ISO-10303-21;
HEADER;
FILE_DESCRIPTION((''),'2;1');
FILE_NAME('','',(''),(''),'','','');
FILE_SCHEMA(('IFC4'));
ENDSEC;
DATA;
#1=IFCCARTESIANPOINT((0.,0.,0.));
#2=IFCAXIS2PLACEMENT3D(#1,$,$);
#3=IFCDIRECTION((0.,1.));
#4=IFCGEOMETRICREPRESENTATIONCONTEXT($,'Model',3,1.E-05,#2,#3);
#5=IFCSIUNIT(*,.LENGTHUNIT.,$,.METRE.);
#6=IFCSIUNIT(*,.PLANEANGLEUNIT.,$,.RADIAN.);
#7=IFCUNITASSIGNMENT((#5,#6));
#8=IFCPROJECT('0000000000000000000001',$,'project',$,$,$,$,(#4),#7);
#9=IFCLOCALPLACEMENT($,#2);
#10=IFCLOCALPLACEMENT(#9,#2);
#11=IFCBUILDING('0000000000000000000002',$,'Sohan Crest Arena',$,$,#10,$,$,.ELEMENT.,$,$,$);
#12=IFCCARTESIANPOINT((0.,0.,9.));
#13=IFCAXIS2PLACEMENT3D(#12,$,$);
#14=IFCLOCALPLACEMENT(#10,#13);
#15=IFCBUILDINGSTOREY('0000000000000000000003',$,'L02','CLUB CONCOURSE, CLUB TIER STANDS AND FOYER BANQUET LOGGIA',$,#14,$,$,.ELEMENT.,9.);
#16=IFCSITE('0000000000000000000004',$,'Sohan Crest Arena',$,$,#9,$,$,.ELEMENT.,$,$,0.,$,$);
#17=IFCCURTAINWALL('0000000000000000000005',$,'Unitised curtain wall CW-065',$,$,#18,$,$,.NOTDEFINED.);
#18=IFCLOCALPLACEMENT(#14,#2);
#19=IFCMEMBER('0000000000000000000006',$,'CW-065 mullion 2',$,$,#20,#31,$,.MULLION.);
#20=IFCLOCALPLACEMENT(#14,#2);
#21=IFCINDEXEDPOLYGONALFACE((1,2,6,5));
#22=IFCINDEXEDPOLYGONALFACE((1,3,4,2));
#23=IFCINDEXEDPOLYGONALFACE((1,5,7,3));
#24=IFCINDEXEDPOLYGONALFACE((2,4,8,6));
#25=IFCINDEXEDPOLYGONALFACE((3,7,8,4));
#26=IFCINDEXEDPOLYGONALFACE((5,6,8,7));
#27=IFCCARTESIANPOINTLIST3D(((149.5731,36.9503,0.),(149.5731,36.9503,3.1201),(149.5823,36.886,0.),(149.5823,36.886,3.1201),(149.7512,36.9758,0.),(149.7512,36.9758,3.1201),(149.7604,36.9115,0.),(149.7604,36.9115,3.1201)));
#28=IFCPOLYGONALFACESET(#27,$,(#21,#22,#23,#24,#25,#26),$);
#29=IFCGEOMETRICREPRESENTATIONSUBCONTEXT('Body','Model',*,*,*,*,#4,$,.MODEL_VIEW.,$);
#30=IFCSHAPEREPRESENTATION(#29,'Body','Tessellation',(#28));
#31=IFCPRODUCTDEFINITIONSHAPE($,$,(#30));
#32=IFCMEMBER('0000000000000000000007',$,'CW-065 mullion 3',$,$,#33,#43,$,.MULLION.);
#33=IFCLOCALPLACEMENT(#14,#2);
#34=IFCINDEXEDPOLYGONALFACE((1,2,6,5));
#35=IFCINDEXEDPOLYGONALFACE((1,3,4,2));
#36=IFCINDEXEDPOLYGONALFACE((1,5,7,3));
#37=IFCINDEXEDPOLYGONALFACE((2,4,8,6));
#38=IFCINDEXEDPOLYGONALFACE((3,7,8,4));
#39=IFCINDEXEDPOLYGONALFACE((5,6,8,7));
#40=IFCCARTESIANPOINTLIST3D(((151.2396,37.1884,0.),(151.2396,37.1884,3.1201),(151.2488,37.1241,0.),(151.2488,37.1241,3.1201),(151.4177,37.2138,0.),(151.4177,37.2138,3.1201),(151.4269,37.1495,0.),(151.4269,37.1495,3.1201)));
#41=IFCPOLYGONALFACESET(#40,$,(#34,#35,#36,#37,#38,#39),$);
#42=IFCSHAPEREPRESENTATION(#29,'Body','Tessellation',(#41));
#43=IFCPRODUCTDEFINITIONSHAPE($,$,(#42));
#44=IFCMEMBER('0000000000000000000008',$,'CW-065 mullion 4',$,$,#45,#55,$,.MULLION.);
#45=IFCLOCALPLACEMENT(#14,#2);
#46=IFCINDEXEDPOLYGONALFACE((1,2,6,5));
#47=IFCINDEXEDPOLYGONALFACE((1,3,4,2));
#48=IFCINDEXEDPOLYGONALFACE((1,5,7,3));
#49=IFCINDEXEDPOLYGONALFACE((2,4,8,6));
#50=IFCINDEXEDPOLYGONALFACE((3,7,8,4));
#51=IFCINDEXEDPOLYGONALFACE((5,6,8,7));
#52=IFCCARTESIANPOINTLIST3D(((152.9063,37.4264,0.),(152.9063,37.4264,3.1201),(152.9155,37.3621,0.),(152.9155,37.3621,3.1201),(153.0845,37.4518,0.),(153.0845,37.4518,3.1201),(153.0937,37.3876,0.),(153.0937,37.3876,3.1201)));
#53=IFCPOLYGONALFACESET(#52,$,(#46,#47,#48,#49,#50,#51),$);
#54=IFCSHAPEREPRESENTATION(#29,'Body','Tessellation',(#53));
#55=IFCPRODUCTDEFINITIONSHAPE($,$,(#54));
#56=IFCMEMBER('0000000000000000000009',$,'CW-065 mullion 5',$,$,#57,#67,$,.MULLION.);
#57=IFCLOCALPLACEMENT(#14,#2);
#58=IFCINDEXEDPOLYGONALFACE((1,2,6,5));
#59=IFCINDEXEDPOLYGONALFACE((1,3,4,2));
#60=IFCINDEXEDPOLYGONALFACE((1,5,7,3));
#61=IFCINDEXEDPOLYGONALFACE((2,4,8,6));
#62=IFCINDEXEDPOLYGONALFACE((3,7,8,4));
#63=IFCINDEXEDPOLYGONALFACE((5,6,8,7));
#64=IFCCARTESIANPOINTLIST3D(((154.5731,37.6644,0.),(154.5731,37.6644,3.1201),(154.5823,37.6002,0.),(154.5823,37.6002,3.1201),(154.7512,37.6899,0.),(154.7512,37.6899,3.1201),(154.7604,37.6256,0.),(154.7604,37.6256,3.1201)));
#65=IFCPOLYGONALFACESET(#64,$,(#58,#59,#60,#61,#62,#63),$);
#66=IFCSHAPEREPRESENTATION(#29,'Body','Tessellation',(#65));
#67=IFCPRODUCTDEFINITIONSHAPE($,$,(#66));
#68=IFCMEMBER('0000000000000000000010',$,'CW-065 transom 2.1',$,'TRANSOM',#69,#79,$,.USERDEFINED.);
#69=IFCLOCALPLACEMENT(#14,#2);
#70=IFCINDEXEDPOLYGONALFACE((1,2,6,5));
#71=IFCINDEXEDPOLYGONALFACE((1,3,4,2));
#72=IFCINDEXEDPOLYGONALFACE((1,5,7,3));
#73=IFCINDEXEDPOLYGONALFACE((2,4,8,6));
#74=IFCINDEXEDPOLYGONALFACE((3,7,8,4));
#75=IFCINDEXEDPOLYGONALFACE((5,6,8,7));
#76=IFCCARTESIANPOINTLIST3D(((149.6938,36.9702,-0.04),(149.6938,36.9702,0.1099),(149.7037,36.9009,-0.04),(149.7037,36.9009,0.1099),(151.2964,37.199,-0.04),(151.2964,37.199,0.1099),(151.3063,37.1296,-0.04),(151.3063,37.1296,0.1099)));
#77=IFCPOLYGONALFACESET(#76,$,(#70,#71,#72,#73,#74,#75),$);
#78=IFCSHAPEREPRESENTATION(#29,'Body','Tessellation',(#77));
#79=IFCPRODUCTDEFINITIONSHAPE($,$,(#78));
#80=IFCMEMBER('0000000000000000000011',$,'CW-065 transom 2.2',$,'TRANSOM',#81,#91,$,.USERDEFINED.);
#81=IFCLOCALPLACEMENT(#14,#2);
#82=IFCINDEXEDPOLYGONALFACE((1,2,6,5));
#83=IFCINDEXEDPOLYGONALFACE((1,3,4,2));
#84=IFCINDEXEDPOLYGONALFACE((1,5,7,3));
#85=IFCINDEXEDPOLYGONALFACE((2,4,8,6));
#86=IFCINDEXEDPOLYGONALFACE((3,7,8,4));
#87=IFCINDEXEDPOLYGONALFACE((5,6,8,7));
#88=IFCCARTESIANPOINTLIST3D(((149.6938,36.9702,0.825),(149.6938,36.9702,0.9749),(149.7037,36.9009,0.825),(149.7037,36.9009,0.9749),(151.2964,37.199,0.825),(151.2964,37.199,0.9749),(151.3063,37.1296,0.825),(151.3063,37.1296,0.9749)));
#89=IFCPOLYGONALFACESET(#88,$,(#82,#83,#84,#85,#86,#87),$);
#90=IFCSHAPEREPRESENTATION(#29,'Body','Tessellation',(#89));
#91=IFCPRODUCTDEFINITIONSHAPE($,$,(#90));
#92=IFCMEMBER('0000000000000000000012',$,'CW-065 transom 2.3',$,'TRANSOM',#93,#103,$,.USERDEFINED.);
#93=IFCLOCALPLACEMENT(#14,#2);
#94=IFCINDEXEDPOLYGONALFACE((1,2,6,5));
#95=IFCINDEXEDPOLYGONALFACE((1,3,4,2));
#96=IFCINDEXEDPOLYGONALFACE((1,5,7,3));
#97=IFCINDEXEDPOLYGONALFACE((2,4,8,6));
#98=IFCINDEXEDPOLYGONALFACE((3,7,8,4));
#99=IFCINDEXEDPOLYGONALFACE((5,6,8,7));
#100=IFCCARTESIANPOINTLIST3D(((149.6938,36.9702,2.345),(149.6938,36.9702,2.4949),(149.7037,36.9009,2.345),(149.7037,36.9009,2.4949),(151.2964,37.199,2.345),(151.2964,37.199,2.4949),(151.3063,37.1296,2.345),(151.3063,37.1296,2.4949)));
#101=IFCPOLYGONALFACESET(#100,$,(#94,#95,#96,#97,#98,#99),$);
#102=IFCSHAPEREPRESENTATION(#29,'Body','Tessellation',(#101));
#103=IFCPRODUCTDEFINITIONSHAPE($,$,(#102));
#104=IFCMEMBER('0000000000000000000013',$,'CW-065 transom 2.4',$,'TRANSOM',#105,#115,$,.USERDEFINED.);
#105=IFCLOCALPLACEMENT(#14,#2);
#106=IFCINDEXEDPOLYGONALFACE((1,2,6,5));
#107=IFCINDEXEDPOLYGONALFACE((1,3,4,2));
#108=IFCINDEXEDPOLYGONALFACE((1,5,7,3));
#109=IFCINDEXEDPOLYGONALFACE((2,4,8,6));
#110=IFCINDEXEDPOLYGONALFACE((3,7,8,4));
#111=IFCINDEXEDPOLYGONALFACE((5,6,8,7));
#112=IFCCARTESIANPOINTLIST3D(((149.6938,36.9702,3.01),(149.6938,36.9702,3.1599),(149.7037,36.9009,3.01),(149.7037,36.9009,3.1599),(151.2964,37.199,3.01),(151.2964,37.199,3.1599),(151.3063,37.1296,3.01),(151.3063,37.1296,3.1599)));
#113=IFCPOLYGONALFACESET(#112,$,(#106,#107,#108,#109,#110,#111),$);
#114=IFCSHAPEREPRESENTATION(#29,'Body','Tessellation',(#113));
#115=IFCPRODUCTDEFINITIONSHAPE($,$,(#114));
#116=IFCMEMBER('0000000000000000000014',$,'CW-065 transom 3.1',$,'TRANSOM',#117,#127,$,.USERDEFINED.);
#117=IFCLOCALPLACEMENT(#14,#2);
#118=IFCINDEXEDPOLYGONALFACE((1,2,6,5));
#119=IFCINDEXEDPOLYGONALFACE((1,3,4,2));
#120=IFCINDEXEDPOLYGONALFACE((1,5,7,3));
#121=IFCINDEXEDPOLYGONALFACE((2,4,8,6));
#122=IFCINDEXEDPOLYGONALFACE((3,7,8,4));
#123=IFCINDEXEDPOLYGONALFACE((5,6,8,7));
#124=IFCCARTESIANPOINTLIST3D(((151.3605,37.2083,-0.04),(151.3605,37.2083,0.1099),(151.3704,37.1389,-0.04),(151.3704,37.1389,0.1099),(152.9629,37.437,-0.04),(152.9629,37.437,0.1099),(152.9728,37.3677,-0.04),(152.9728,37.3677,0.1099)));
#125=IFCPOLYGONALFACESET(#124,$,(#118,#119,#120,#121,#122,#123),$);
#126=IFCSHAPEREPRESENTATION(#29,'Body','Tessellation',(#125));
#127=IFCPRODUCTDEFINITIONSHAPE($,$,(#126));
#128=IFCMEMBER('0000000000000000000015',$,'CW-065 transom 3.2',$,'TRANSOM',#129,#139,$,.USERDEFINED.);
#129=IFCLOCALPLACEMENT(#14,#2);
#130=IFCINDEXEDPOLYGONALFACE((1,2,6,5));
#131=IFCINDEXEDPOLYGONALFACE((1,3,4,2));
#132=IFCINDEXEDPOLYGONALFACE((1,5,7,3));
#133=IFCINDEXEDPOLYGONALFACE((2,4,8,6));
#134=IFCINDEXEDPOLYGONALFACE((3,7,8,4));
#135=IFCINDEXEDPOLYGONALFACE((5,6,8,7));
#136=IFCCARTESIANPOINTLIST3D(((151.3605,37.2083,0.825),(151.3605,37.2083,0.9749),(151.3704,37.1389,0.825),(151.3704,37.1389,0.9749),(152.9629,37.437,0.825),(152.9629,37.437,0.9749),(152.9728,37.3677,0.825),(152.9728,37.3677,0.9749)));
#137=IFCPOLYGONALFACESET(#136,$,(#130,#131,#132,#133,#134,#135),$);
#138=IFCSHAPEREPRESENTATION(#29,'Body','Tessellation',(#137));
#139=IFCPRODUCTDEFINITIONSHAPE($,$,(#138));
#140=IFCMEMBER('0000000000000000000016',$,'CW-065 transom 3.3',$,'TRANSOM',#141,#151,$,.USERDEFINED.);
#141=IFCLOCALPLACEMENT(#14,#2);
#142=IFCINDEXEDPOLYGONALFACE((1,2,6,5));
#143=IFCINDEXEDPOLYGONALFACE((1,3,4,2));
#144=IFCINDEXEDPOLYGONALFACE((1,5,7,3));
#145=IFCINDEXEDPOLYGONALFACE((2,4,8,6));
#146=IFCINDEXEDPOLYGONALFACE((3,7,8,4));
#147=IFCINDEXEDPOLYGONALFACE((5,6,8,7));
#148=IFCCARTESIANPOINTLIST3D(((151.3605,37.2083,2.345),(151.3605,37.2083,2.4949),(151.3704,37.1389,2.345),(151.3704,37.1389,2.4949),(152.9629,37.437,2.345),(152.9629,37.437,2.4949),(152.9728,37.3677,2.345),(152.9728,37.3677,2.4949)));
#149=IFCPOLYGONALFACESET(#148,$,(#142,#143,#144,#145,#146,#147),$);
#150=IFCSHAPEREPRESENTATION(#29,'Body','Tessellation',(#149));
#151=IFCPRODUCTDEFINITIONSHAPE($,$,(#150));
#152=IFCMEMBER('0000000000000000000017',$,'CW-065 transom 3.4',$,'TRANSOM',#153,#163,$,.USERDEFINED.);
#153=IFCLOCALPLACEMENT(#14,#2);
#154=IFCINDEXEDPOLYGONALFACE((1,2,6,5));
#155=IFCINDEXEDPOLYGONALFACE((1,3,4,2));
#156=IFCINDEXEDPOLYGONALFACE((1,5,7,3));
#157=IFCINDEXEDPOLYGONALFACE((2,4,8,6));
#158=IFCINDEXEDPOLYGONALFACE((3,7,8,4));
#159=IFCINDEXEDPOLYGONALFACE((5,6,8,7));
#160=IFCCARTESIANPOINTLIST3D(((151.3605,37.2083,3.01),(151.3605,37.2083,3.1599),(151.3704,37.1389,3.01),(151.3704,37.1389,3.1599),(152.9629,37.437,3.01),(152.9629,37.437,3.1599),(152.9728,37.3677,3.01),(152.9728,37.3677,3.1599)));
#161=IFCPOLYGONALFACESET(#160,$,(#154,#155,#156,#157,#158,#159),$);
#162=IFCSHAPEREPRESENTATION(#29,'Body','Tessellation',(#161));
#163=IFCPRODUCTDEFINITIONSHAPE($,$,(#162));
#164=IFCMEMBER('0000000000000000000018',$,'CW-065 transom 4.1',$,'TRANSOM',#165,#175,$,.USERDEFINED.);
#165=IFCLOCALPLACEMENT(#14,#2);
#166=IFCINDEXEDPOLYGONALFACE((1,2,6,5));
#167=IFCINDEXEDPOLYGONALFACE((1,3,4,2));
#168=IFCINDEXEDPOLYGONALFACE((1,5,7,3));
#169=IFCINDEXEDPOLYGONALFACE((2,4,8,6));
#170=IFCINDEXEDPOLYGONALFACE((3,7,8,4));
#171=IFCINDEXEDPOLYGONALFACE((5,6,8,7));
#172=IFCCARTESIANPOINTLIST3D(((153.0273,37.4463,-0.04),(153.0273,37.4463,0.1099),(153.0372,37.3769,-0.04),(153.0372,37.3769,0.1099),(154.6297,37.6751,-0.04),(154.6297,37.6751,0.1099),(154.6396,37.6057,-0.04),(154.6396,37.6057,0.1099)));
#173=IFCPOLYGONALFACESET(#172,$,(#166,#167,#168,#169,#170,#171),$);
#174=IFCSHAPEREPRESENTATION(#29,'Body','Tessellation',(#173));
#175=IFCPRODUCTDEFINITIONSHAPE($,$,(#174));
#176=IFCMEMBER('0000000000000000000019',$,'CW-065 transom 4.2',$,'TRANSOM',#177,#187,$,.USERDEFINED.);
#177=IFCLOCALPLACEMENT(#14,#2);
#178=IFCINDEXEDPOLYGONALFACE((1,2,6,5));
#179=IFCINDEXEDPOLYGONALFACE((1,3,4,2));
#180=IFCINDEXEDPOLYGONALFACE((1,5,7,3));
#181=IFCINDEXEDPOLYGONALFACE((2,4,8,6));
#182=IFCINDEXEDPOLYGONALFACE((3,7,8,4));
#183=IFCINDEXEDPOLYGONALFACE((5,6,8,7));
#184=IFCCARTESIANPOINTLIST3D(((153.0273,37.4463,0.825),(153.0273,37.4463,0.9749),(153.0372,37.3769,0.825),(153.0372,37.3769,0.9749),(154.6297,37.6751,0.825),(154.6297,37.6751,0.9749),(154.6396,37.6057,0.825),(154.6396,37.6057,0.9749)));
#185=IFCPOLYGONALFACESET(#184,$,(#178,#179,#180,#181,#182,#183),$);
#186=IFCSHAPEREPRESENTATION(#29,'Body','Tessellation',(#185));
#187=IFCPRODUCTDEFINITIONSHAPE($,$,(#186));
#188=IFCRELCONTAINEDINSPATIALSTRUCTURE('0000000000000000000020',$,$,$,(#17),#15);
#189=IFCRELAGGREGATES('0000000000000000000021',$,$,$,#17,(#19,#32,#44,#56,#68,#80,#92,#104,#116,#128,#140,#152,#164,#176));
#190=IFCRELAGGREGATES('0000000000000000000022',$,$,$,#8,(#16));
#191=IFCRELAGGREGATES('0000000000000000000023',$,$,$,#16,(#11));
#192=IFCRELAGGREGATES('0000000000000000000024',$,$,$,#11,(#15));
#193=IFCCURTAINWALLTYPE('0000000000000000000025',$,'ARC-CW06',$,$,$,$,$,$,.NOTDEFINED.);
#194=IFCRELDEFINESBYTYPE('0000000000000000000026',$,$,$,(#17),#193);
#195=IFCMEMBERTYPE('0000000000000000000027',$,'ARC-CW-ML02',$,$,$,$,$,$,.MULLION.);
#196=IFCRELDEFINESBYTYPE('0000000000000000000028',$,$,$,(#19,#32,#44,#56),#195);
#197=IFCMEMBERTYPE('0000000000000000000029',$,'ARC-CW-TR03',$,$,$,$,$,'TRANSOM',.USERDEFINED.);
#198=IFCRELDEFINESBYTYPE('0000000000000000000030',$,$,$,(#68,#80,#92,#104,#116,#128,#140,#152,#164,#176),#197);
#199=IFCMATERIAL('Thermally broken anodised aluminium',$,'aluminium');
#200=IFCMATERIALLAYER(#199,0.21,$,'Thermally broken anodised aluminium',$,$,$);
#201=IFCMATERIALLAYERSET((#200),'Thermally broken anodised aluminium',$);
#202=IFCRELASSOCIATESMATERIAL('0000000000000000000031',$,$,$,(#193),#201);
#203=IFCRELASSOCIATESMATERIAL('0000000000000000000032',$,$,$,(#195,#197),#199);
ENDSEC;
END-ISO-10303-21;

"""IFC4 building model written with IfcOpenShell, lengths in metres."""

from ifc_helpers import new_model, si_unit, direction, frame, origin, origin_2d, place, context, subcontext, project, spatial, rectangle, extrude, material, layer, layer_set, material_profile, profile_set, type_object, element, aggregate, save


model = new_model("IFC4")

# Units and contexts
model_context = context("Model", 3, precision=1e-05, world=origin(), true_north=direction((0.0, 1.0)))
body_context = subcontext(model_context, "Body", "Model", "MODEL_VIEW")
ifc_project = project(units=[si_unit("LENGTHUNIT", "METRE"), si_unit("PLANEANGLEUNIT", "RADIAN")], contexts=[model_context])

# Site, building, storey
site_placement = place(None, origin())
site = spatial("IfcSite", under=ifc_project, at=site_placement, Name="Sohan Crest Arena", CompositionType="ELEMENT", RefElevation=0.0)
building_placement = place(site_placement, origin())
building = spatial("IfcBuilding", under=site, at=building_placement, Name="Sohan Crest Arena", CompositionType="ELEMENT")
storey_placement = place(building_placement, frame((0.0, 0.0, 9.0)))
storey = spatial("IfcBuildingStorey", under=building, at=storey_placement, Name="L02", Description="CLUB CONCOURSE, CLUB TIER STANDS AND FOYER BANQUET LOGGIA", CompositionType="ELEMENT", Elevation=9.0)

# Curtain wall, members
ifc_material_1 = material(Name="Thermally broken anodised aluminium", Category="aluminium")
ifc_layer_1 = layer(ifc_material_1, 0.21, Name="Thermally broken anodised aluminium")
ifc_layer_set_1 = layer_set([ifc_layer_1], Name="Thermally broken anodised aluminium")
curtain_wall_type = type_object("IfcCurtainWallType", Name="ARC-CW06", PredefinedType="NOTDEFINED", material=ifc_layer_set_1)
curtain_wall_placement = place(storey_placement, origin())
curtain_wall = element("IfcCurtainWall", 1, at=curtain_wall_placement, inside=storey, type_object=curtain_wall_type, Name="Unitised curtain wall CW-065", PredefinedType="NOTDEFINED")
ifc_material_profile_1 = material_profile(ifc_material_1, rectangle(XDim=0.0649, YDim=0.1799, at=origin_2d()), Name="ALU-MULL 65x180")
ifc_profile_set_1 = profile_set([ifc_material_profile_1], Name="Thermally broken anodised aluminium")
member_type_1 = type_object("IfcMemberType", Name="ARC-CW-ML02", PredefinedType="MULLION", material=ifc_profile_set_1)
member_1_placement = place(storey_placement, frame((149.6667, 36.9309, 0.0), z_axis=(0.0, 0.0, 1.0), x_axis=(-0.141366, 0.989957, 0.0)))
member_1 = element("IfcMember", 2, at=member_1_placement, type_object=member_type_1, Name="CW-065 mullion 2", PredefinedType="MULLION", context=body_context, shape_type="SweptSolid", body=[
    extrude(rectangle(XDim=0.0649, YDim=0.1799, at=origin_2d()), origin(), (0.0, 0.0, 1.0), 3.1201),
])
member_2_placement = place(storey_placement, frame((151.3333, 37.1689, 0.0), z_axis=(0.0, 0.0, 1.0), x_axis=(-0.141366, 0.989957, 0.0)))
member_2 = element("IfcMember", 3, at=member_2_placement, type_object=member_type_1, Name="CW-065 mullion 3", PredefinedType="MULLION", context=body_context, shape_type="SweptSolid", body=[
    extrude(rectangle(XDim=0.0649, YDim=0.1799, at=origin_2d()), origin(), (0.0, 0.0, 1.0), 3.1201),
])
member_3_placement = place(storey_placement, frame((153.0, 37.407, 0.0), z_axis=(0.0, 0.0, 1.0), x_axis=(-0.141366, 0.989957, 0.0)))
member_3 = element("IfcMember", 4, at=member_3_placement, type_object=member_type_1, Name="CW-065 mullion 4", PredefinedType="MULLION", context=body_context, shape_type="SweptSolid", body=[
    extrude(rectangle(XDim=0.0649, YDim=0.1799, at=origin_2d()), origin(), (0.0, 0.0, 1.0), 3.1201),
])
member_4_placement = place(storey_placement, frame((154.6667, 37.645, 0.0), z_axis=(0.0, 0.0, 1.0), x_axis=(-0.141366, 0.989957, 0.0)))
member_4 = element("IfcMember", 5, at=member_4_placement, type_object=member_type_1, Name="CW-065 mullion 5", PredefinedType="MULLION", context=body_context, shape_type="SweptSolid", body=[
    extrude(rectangle(XDim=0.0649, YDim=0.1799, at=origin_2d()), origin(), (0.0, 0.0, 1.0), 3.1201),
])
ifc_material_profile_2 = material_profile(ifc_material_1, rectangle(XDim=0.0701, YDim=0.1499, at=origin_2d()), Name="ALU-TRAN 70x150")
ifc_profile_set_2 = profile_set([ifc_material_profile_2], Name="Thermally broken anodised aluminium")
member_type_2 = type_object("IfcMemberType", Name="ARC-CW-TR03", ElementType="TRANSOM", PredefinedType="USERDEFINED", material=ifc_profile_set_2)
member_5_placement = place(storey_placement, frame((149.6987, 36.9355, 0.0349), z_axis=(0.989965, 0.141316, 0.0), x_axis=(-0.141316, 0.989965, 0.0)))
member_5 = element("IfcMember", 6, at=member_5_placement, type_object=member_type_2, Name="CW-065 transom 2.1", ObjectType="TRANSOM", PredefinedType="USERDEFINED", context=body_context, shape_type="SweptSolid", body=[
    extrude(rectangle(XDim=0.0701, YDim=0.1499, at=origin_2d()), origin(), (0.0, 0.0, 1.0), 1.6189),
])
member_6_placement = place(storey_placement, frame((149.6987, 36.9355, 0.8999), z_axis=(0.989965, 0.141316, 0.0), x_axis=(-0.141316, 0.989965, 0.0)))
member_6 = element("IfcMember", 7, at=member_6_placement, type_object=member_type_2, Name="CW-065 transom 2.2", ObjectType="TRANSOM", PredefinedType="USERDEFINED", context=body_context, shape_type="SweptSolid", body=[
    extrude(rectangle(XDim=0.0701, YDim=0.1499, at=origin_2d()), origin(), (0.0, 0.0, 1.0), 1.6189),
])
member_7_placement = place(storey_placement, frame((149.6987, 36.9355, 2.4199), z_axis=(0.989965, 0.141316, 0.0), x_axis=(-0.141316, 0.989965, 0.0)))
member_7 = element("IfcMember", 8, at=member_7_placement, type_object=member_type_2, Name="CW-065 transom 2.3", ObjectType="TRANSOM", PredefinedType="USERDEFINED", context=body_context, shape_type="SweptSolid", body=[
    extrude(rectangle(XDim=0.0701, YDim=0.1499, at=origin_2d()), origin(), (0.0, 0.0, 1.0), 1.6189),
])
member_8_placement = place(storey_placement, frame((149.6987, 36.9355, 3.085), z_axis=(0.989965, 0.141316, 0.0), x_axis=(-0.141316, 0.989965, 0.0)))
member_8 = element("IfcMember", 9, at=member_8_placement, type_object=member_type_2, Name="CW-065 transom 2.4", ObjectType="TRANSOM", PredefinedType="USERDEFINED", context=body_context, shape_type="SweptSolid", body=[
    extrude(rectangle(XDim=0.0701, YDim=0.1499, at=origin_2d()), origin(), (0.0, 0.0, 1.0), 1.6189),
])
member_9_placement = place(storey_placement, frame((151.3655, 37.1736, 0.0349), z_axis=(0.989962, 0.141337, 0.0), x_axis=(-0.141337, 0.989962, 0.0)))
member_9 = element("IfcMember", 10, at=member_9_placement, type_object=member_type_2, Name="CW-065 transom 3.1", ObjectType="TRANSOM", PredefinedType="USERDEFINED", context=body_context, shape_type="SweptSolid", body=[
    extrude(rectangle(XDim=0.0701, YDim=0.1499, at=origin_2d()), origin(), (0.0, 0.0, 1.0), 1.6187),
])
member_10_placement = place(storey_placement, frame((151.3655, 37.1736, 0.8999), z_axis=(0.989962, 0.141337, 0.0), x_axis=(-0.141337, 0.989962, 0.0)))
member_10 = element("IfcMember", 11, at=member_10_placement, type_object=member_type_2, Name="CW-065 transom 3.2", ObjectType="TRANSOM", PredefinedType="USERDEFINED", context=body_context, shape_type="SweptSolid", body=[
    extrude(rectangle(XDim=0.0701, YDim=0.1499, at=origin_2d()), origin(), (0.0, 0.0, 1.0), 1.6187),
])
member_11_placement = place(storey_placement, frame((151.3655, 37.1736, 2.4199), z_axis=(0.989962, 0.141337, 0.0), x_axis=(-0.141337, 0.989962, 0.0)))
member_11 = element("IfcMember", 12, at=member_11_placement, type_object=member_type_2, Name="CW-065 transom 3.3", ObjectType="TRANSOM", PredefinedType="USERDEFINED", context=body_context, shape_type="SweptSolid", body=[
    extrude(rectangle(XDim=0.0701, YDim=0.1499, at=origin_2d()), origin(), (0.0, 0.0, 1.0), 1.6187),
])
member_12_placement = place(storey_placement, frame((151.3655, 37.1736, 3.085), z_axis=(0.989962, 0.141337, 0.0), x_axis=(-0.141337, 0.989962, 0.0)))
member_12 = element("IfcMember", 13, at=member_12_placement, type_object=member_type_2, Name="CW-065 transom 3.4", ObjectType="TRANSOM", PredefinedType="USERDEFINED", context=body_context, shape_type="SweptSolid", body=[
    extrude(rectangle(XDim=0.0701, YDim=0.1499, at=origin_2d()), origin(), (0.0, 0.0, 1.0), 1.6187),
])
member_13_placement = place(storey_placement, frame((153.0322, 37.4116, 0.0349), z_axis=(0.989962, 0.141337, 0.0), x_axis=(-0.141337, 0.989962, 0.0)))
member_13 = element("IfcMember", 14, at=member_13_placement, type_object=member_type_2, Name="CW-065 transom 4.1", ObjectType="TRANSOM", PredefinedType="USERDEFINED", context=body_context, shape_type="SweptSolid", body=[
    extrude(rectangle(XDim=0.0701, YDim=0.1499, at=origin_2d()), origin(), (0.0, 0.0, 1.0), 1.6187),
])
member_14_placement = place(storey_placement, frame((153.0322, 37.4116, 0.8999), z_axis=(0.989962, 0.141337, 0.0), x_axis=(-0.141337, 0.989962, 0.0)))
member_14 = element("IfcMember", 15, at=member_14_placement, type_object=member_type_2, Name="CW-065 transom 4.2", ObjectType="TRANSOM", PredefinedType="USERDEFINED", context=body_context, shape_type="SweptSolid", body=[
    extrude(rectangle(XDim=0.0701, YDim=0.1499, at=origin_2d()), origin(), (0.0, 0.0, 1.0), 1.6187),
])
aggregate(curtain_wall, [member_1, member_2, member_3, member_4, member_5, member_6, member_7, member_8, member_9, member_10, member_11, member_12, member_13, member_14])

save(model, "model.ifc")
